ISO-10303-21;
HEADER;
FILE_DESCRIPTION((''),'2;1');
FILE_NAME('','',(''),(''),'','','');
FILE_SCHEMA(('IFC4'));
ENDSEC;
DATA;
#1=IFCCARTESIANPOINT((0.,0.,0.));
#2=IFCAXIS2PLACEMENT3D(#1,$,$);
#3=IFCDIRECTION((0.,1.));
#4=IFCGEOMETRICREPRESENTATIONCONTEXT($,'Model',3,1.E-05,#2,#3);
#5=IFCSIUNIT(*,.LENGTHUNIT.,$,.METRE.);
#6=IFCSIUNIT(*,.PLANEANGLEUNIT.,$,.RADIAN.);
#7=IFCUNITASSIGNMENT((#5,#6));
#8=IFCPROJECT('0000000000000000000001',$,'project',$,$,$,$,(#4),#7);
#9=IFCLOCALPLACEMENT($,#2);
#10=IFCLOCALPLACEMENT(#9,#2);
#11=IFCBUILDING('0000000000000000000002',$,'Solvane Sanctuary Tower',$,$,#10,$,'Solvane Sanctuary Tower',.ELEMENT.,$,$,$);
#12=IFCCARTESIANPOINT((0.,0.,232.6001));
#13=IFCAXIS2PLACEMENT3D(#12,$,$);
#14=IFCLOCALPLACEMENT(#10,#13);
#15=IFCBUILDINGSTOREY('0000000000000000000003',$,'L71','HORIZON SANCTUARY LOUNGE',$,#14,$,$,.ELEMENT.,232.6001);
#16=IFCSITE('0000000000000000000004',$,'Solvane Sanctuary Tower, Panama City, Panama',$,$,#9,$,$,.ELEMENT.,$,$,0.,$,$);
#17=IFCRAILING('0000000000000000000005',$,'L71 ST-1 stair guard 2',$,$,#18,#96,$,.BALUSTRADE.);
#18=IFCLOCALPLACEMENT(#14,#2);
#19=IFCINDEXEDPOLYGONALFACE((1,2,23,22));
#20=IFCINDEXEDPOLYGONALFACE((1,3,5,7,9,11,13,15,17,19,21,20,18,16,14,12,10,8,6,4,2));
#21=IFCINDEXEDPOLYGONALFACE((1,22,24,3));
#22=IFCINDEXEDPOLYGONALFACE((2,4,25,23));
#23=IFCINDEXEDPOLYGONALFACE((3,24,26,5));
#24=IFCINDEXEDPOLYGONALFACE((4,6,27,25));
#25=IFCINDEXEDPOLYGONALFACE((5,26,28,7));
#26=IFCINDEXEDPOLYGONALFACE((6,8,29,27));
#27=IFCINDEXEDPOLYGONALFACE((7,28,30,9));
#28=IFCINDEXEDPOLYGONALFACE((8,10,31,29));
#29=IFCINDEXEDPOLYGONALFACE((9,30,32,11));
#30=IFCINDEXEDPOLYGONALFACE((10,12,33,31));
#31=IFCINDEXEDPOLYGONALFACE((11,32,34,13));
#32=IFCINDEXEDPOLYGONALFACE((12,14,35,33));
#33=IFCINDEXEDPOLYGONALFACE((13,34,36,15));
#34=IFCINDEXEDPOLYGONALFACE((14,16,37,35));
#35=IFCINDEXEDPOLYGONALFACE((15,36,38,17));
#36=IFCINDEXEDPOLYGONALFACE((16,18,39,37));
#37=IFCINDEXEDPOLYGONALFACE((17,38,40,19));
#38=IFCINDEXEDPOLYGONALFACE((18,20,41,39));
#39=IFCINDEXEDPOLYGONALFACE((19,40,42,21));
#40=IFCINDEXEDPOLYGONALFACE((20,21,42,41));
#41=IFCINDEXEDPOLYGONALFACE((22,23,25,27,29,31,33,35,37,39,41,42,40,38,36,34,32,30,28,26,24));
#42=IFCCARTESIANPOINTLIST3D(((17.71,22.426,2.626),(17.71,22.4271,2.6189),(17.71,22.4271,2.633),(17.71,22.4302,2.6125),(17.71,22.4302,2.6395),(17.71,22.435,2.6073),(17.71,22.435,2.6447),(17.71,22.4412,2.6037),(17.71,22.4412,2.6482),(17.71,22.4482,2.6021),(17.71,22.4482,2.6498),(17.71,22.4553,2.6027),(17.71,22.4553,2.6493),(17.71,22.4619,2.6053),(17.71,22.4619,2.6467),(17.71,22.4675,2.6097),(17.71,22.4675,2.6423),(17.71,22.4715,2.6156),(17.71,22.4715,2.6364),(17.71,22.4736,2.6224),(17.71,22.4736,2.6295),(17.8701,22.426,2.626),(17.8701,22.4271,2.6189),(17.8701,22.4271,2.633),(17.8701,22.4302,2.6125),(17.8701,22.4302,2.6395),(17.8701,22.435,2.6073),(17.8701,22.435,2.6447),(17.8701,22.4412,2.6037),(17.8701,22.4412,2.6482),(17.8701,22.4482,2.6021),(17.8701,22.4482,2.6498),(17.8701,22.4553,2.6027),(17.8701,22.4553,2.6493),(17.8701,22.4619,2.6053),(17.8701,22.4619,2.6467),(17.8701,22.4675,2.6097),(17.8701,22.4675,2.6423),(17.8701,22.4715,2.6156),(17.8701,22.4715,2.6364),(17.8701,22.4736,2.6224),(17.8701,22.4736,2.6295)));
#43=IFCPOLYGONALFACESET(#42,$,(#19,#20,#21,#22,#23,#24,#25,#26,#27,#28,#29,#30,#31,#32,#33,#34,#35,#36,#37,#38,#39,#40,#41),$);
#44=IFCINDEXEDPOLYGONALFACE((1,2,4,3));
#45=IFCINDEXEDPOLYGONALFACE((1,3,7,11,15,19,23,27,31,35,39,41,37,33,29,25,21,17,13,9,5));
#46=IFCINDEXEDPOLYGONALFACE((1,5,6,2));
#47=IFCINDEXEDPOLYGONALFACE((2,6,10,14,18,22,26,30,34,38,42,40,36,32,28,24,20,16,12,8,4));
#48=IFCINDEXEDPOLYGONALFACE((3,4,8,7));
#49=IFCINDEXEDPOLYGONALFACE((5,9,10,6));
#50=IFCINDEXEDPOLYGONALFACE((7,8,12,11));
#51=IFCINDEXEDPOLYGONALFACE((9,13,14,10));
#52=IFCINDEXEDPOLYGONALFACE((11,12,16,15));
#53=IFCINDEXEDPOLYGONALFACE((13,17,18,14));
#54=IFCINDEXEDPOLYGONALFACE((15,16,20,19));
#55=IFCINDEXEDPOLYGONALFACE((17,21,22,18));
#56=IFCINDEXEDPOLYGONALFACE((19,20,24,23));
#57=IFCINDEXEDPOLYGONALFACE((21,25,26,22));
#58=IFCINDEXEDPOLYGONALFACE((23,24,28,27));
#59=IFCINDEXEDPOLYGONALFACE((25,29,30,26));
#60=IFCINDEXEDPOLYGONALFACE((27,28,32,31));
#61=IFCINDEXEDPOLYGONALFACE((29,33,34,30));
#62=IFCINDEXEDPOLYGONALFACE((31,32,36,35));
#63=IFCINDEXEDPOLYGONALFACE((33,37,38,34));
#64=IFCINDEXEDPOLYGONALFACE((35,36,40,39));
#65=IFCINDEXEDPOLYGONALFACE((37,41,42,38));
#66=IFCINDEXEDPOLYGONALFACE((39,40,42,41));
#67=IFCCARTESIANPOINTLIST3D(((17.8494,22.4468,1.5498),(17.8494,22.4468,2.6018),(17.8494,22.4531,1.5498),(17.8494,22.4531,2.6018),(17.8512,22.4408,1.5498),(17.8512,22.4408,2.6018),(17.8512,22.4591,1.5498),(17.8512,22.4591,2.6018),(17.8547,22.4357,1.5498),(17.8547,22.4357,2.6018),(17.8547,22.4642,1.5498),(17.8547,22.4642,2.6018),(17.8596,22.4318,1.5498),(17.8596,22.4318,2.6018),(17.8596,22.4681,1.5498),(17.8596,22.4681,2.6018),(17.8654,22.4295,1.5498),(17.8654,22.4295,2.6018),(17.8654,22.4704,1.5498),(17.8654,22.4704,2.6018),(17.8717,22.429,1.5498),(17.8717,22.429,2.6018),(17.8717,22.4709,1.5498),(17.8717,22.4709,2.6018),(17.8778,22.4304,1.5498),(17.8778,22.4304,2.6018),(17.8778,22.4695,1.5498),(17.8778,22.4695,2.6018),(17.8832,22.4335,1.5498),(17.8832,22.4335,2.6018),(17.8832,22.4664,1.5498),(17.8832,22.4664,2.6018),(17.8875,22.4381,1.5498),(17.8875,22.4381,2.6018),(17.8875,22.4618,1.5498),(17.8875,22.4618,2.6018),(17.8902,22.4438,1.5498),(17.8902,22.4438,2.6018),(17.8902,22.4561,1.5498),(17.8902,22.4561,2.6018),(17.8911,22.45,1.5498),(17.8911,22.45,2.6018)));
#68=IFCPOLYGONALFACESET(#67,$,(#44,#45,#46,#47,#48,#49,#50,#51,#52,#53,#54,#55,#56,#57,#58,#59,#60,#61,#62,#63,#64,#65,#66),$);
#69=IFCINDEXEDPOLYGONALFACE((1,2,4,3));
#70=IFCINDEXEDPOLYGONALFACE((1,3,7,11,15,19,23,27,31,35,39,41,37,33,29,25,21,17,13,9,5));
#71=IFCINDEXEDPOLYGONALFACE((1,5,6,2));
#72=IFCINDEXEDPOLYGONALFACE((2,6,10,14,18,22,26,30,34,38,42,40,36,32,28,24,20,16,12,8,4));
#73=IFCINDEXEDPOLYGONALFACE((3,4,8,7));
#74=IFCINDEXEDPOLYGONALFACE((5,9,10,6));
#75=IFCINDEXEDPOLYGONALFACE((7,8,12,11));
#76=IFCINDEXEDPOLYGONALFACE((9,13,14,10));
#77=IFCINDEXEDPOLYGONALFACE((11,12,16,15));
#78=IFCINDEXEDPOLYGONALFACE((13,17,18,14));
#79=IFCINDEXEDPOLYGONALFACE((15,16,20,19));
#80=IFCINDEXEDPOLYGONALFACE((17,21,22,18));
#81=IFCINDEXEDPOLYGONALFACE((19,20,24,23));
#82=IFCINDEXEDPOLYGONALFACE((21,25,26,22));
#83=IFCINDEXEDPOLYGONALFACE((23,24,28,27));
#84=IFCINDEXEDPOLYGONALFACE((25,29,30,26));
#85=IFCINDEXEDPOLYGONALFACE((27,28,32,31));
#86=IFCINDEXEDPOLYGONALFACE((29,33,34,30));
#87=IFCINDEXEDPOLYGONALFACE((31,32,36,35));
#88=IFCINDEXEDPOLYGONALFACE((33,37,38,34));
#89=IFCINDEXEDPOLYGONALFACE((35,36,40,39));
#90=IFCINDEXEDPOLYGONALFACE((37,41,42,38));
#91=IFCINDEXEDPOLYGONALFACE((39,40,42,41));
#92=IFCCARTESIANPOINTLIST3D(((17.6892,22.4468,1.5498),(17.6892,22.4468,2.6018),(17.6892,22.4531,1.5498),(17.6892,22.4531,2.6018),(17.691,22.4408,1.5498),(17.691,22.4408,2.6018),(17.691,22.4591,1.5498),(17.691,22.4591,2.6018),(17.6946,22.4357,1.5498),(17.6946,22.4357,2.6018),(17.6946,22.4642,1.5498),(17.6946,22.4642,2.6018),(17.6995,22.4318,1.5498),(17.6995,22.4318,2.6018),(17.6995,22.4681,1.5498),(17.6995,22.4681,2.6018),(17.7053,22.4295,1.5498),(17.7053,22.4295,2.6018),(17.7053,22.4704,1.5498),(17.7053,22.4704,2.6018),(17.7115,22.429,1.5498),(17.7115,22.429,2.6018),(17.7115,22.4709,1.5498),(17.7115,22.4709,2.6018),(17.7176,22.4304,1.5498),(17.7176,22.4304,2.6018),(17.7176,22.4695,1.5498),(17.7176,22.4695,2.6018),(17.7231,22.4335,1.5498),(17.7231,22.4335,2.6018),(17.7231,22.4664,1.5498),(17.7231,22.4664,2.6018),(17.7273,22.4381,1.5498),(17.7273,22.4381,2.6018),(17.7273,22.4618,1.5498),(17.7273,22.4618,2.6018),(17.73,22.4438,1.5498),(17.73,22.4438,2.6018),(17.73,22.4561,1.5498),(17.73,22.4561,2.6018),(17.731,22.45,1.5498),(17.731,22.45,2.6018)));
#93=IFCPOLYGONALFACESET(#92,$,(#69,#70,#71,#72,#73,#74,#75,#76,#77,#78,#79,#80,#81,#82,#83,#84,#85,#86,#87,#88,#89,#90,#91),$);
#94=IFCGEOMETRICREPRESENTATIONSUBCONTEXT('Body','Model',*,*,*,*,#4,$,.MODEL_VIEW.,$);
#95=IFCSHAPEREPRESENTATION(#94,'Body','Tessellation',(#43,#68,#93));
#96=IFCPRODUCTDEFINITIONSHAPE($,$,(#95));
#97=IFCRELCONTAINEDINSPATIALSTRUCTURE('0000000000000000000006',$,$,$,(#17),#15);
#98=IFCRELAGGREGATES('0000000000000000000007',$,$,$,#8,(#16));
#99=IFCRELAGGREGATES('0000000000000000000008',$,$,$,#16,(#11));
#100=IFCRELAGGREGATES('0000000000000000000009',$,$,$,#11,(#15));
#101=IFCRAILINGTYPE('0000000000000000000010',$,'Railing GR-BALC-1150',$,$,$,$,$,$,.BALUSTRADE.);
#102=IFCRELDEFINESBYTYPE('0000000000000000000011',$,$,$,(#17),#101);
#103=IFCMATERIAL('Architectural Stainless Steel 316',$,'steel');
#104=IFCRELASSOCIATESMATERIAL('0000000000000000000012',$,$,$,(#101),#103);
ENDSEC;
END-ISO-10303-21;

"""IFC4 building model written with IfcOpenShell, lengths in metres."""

from ifc_helpers import new_model, si_unit, direction, frame, origin, origin_2d, place, context, subcontext, project, spatial, circle, extrude, material, type_object, element, save


model = new_model("IFC4")

# Units and contexts
model_context = context("Model", 3, precision=1e-05, world=origin(), true_north=direction((0.0, 1.0)))
body_context = subcontext(model_context, "Body", "Model", "MODEL_VIEW")
ifc_project = project(units=[si_unit("LENGTHUNIT", "METRE"), si_unit("PLANEANGLEUNIT", "RADIAN")], contexts=[model_context])

# Site, building, storey
site_placement = place(None, origin())
site = spatial("IfcSite", under=ifc_project, at=site_placement, Name="Solvane Sanctuary Tower, Panama City, Panama", CompositionType="ELEMENT", RefElevation=0.0)
building_placement = place(site_placement, origin())
building = spatial("IfcBuilding", under=site, at=building_placement, Name="Solvane Sanctuary Tower", LongName="Solvane Sanctuary Tower", CompositionType="ELEMENT")
storey_placement = place(building_placement, frame((0.0, 0.0, 232.6001)))
storey = spatial("IfcBuildingStorey", under=building, at=storey_placement, Name="L71", Description="HORIZON SANCTUARY LOUNGE", CompositionType="ELEMENT", Elevation=232.6001)

# Shared definitions
ifc_material_1 = material(Name="Architectural Stainless Steel 316", Category="steel")

# Railing
railing_type_1 = type_object("IfcRailingType", Name="Railing GR-BALC-1150", PredefinedType="BALUSTRADE", material=ifc_material_1)
railing_1_placement = place(storey_placement, frame((17.8701, 22.45, 1.5498)))
element("IfcRailing", 1, at=railing_1_placement, inside=storey, type_object=railing_type_1, Name="L71 ST-1 stair guard 2", PredefinedType="BALUSTRADE", context=body_context, shape_type="SweptSolid", body=[
    extrude(circle(Radius=0.0239, at=origin_2d()), frame((0.0, 0.0, 1.0762), z_axis=(-1.0, 0.0, 0.0), x_axis=(0.0, -1.0, 0.0)), (0.0, 0.0, 1.0), 0.1602),
    extrude(circle(Radius=0.021, at=origin_2d()), origin(), (0.0, 0.0, 1.0), 1.052),
    extrude(circle(Radius=0.021, at=origin_2d()), frame((-0.1602, 0.0, 0.0)), (0.0, 0.0, 1.0), 1.052),
])

save(model, "model.ifc")
